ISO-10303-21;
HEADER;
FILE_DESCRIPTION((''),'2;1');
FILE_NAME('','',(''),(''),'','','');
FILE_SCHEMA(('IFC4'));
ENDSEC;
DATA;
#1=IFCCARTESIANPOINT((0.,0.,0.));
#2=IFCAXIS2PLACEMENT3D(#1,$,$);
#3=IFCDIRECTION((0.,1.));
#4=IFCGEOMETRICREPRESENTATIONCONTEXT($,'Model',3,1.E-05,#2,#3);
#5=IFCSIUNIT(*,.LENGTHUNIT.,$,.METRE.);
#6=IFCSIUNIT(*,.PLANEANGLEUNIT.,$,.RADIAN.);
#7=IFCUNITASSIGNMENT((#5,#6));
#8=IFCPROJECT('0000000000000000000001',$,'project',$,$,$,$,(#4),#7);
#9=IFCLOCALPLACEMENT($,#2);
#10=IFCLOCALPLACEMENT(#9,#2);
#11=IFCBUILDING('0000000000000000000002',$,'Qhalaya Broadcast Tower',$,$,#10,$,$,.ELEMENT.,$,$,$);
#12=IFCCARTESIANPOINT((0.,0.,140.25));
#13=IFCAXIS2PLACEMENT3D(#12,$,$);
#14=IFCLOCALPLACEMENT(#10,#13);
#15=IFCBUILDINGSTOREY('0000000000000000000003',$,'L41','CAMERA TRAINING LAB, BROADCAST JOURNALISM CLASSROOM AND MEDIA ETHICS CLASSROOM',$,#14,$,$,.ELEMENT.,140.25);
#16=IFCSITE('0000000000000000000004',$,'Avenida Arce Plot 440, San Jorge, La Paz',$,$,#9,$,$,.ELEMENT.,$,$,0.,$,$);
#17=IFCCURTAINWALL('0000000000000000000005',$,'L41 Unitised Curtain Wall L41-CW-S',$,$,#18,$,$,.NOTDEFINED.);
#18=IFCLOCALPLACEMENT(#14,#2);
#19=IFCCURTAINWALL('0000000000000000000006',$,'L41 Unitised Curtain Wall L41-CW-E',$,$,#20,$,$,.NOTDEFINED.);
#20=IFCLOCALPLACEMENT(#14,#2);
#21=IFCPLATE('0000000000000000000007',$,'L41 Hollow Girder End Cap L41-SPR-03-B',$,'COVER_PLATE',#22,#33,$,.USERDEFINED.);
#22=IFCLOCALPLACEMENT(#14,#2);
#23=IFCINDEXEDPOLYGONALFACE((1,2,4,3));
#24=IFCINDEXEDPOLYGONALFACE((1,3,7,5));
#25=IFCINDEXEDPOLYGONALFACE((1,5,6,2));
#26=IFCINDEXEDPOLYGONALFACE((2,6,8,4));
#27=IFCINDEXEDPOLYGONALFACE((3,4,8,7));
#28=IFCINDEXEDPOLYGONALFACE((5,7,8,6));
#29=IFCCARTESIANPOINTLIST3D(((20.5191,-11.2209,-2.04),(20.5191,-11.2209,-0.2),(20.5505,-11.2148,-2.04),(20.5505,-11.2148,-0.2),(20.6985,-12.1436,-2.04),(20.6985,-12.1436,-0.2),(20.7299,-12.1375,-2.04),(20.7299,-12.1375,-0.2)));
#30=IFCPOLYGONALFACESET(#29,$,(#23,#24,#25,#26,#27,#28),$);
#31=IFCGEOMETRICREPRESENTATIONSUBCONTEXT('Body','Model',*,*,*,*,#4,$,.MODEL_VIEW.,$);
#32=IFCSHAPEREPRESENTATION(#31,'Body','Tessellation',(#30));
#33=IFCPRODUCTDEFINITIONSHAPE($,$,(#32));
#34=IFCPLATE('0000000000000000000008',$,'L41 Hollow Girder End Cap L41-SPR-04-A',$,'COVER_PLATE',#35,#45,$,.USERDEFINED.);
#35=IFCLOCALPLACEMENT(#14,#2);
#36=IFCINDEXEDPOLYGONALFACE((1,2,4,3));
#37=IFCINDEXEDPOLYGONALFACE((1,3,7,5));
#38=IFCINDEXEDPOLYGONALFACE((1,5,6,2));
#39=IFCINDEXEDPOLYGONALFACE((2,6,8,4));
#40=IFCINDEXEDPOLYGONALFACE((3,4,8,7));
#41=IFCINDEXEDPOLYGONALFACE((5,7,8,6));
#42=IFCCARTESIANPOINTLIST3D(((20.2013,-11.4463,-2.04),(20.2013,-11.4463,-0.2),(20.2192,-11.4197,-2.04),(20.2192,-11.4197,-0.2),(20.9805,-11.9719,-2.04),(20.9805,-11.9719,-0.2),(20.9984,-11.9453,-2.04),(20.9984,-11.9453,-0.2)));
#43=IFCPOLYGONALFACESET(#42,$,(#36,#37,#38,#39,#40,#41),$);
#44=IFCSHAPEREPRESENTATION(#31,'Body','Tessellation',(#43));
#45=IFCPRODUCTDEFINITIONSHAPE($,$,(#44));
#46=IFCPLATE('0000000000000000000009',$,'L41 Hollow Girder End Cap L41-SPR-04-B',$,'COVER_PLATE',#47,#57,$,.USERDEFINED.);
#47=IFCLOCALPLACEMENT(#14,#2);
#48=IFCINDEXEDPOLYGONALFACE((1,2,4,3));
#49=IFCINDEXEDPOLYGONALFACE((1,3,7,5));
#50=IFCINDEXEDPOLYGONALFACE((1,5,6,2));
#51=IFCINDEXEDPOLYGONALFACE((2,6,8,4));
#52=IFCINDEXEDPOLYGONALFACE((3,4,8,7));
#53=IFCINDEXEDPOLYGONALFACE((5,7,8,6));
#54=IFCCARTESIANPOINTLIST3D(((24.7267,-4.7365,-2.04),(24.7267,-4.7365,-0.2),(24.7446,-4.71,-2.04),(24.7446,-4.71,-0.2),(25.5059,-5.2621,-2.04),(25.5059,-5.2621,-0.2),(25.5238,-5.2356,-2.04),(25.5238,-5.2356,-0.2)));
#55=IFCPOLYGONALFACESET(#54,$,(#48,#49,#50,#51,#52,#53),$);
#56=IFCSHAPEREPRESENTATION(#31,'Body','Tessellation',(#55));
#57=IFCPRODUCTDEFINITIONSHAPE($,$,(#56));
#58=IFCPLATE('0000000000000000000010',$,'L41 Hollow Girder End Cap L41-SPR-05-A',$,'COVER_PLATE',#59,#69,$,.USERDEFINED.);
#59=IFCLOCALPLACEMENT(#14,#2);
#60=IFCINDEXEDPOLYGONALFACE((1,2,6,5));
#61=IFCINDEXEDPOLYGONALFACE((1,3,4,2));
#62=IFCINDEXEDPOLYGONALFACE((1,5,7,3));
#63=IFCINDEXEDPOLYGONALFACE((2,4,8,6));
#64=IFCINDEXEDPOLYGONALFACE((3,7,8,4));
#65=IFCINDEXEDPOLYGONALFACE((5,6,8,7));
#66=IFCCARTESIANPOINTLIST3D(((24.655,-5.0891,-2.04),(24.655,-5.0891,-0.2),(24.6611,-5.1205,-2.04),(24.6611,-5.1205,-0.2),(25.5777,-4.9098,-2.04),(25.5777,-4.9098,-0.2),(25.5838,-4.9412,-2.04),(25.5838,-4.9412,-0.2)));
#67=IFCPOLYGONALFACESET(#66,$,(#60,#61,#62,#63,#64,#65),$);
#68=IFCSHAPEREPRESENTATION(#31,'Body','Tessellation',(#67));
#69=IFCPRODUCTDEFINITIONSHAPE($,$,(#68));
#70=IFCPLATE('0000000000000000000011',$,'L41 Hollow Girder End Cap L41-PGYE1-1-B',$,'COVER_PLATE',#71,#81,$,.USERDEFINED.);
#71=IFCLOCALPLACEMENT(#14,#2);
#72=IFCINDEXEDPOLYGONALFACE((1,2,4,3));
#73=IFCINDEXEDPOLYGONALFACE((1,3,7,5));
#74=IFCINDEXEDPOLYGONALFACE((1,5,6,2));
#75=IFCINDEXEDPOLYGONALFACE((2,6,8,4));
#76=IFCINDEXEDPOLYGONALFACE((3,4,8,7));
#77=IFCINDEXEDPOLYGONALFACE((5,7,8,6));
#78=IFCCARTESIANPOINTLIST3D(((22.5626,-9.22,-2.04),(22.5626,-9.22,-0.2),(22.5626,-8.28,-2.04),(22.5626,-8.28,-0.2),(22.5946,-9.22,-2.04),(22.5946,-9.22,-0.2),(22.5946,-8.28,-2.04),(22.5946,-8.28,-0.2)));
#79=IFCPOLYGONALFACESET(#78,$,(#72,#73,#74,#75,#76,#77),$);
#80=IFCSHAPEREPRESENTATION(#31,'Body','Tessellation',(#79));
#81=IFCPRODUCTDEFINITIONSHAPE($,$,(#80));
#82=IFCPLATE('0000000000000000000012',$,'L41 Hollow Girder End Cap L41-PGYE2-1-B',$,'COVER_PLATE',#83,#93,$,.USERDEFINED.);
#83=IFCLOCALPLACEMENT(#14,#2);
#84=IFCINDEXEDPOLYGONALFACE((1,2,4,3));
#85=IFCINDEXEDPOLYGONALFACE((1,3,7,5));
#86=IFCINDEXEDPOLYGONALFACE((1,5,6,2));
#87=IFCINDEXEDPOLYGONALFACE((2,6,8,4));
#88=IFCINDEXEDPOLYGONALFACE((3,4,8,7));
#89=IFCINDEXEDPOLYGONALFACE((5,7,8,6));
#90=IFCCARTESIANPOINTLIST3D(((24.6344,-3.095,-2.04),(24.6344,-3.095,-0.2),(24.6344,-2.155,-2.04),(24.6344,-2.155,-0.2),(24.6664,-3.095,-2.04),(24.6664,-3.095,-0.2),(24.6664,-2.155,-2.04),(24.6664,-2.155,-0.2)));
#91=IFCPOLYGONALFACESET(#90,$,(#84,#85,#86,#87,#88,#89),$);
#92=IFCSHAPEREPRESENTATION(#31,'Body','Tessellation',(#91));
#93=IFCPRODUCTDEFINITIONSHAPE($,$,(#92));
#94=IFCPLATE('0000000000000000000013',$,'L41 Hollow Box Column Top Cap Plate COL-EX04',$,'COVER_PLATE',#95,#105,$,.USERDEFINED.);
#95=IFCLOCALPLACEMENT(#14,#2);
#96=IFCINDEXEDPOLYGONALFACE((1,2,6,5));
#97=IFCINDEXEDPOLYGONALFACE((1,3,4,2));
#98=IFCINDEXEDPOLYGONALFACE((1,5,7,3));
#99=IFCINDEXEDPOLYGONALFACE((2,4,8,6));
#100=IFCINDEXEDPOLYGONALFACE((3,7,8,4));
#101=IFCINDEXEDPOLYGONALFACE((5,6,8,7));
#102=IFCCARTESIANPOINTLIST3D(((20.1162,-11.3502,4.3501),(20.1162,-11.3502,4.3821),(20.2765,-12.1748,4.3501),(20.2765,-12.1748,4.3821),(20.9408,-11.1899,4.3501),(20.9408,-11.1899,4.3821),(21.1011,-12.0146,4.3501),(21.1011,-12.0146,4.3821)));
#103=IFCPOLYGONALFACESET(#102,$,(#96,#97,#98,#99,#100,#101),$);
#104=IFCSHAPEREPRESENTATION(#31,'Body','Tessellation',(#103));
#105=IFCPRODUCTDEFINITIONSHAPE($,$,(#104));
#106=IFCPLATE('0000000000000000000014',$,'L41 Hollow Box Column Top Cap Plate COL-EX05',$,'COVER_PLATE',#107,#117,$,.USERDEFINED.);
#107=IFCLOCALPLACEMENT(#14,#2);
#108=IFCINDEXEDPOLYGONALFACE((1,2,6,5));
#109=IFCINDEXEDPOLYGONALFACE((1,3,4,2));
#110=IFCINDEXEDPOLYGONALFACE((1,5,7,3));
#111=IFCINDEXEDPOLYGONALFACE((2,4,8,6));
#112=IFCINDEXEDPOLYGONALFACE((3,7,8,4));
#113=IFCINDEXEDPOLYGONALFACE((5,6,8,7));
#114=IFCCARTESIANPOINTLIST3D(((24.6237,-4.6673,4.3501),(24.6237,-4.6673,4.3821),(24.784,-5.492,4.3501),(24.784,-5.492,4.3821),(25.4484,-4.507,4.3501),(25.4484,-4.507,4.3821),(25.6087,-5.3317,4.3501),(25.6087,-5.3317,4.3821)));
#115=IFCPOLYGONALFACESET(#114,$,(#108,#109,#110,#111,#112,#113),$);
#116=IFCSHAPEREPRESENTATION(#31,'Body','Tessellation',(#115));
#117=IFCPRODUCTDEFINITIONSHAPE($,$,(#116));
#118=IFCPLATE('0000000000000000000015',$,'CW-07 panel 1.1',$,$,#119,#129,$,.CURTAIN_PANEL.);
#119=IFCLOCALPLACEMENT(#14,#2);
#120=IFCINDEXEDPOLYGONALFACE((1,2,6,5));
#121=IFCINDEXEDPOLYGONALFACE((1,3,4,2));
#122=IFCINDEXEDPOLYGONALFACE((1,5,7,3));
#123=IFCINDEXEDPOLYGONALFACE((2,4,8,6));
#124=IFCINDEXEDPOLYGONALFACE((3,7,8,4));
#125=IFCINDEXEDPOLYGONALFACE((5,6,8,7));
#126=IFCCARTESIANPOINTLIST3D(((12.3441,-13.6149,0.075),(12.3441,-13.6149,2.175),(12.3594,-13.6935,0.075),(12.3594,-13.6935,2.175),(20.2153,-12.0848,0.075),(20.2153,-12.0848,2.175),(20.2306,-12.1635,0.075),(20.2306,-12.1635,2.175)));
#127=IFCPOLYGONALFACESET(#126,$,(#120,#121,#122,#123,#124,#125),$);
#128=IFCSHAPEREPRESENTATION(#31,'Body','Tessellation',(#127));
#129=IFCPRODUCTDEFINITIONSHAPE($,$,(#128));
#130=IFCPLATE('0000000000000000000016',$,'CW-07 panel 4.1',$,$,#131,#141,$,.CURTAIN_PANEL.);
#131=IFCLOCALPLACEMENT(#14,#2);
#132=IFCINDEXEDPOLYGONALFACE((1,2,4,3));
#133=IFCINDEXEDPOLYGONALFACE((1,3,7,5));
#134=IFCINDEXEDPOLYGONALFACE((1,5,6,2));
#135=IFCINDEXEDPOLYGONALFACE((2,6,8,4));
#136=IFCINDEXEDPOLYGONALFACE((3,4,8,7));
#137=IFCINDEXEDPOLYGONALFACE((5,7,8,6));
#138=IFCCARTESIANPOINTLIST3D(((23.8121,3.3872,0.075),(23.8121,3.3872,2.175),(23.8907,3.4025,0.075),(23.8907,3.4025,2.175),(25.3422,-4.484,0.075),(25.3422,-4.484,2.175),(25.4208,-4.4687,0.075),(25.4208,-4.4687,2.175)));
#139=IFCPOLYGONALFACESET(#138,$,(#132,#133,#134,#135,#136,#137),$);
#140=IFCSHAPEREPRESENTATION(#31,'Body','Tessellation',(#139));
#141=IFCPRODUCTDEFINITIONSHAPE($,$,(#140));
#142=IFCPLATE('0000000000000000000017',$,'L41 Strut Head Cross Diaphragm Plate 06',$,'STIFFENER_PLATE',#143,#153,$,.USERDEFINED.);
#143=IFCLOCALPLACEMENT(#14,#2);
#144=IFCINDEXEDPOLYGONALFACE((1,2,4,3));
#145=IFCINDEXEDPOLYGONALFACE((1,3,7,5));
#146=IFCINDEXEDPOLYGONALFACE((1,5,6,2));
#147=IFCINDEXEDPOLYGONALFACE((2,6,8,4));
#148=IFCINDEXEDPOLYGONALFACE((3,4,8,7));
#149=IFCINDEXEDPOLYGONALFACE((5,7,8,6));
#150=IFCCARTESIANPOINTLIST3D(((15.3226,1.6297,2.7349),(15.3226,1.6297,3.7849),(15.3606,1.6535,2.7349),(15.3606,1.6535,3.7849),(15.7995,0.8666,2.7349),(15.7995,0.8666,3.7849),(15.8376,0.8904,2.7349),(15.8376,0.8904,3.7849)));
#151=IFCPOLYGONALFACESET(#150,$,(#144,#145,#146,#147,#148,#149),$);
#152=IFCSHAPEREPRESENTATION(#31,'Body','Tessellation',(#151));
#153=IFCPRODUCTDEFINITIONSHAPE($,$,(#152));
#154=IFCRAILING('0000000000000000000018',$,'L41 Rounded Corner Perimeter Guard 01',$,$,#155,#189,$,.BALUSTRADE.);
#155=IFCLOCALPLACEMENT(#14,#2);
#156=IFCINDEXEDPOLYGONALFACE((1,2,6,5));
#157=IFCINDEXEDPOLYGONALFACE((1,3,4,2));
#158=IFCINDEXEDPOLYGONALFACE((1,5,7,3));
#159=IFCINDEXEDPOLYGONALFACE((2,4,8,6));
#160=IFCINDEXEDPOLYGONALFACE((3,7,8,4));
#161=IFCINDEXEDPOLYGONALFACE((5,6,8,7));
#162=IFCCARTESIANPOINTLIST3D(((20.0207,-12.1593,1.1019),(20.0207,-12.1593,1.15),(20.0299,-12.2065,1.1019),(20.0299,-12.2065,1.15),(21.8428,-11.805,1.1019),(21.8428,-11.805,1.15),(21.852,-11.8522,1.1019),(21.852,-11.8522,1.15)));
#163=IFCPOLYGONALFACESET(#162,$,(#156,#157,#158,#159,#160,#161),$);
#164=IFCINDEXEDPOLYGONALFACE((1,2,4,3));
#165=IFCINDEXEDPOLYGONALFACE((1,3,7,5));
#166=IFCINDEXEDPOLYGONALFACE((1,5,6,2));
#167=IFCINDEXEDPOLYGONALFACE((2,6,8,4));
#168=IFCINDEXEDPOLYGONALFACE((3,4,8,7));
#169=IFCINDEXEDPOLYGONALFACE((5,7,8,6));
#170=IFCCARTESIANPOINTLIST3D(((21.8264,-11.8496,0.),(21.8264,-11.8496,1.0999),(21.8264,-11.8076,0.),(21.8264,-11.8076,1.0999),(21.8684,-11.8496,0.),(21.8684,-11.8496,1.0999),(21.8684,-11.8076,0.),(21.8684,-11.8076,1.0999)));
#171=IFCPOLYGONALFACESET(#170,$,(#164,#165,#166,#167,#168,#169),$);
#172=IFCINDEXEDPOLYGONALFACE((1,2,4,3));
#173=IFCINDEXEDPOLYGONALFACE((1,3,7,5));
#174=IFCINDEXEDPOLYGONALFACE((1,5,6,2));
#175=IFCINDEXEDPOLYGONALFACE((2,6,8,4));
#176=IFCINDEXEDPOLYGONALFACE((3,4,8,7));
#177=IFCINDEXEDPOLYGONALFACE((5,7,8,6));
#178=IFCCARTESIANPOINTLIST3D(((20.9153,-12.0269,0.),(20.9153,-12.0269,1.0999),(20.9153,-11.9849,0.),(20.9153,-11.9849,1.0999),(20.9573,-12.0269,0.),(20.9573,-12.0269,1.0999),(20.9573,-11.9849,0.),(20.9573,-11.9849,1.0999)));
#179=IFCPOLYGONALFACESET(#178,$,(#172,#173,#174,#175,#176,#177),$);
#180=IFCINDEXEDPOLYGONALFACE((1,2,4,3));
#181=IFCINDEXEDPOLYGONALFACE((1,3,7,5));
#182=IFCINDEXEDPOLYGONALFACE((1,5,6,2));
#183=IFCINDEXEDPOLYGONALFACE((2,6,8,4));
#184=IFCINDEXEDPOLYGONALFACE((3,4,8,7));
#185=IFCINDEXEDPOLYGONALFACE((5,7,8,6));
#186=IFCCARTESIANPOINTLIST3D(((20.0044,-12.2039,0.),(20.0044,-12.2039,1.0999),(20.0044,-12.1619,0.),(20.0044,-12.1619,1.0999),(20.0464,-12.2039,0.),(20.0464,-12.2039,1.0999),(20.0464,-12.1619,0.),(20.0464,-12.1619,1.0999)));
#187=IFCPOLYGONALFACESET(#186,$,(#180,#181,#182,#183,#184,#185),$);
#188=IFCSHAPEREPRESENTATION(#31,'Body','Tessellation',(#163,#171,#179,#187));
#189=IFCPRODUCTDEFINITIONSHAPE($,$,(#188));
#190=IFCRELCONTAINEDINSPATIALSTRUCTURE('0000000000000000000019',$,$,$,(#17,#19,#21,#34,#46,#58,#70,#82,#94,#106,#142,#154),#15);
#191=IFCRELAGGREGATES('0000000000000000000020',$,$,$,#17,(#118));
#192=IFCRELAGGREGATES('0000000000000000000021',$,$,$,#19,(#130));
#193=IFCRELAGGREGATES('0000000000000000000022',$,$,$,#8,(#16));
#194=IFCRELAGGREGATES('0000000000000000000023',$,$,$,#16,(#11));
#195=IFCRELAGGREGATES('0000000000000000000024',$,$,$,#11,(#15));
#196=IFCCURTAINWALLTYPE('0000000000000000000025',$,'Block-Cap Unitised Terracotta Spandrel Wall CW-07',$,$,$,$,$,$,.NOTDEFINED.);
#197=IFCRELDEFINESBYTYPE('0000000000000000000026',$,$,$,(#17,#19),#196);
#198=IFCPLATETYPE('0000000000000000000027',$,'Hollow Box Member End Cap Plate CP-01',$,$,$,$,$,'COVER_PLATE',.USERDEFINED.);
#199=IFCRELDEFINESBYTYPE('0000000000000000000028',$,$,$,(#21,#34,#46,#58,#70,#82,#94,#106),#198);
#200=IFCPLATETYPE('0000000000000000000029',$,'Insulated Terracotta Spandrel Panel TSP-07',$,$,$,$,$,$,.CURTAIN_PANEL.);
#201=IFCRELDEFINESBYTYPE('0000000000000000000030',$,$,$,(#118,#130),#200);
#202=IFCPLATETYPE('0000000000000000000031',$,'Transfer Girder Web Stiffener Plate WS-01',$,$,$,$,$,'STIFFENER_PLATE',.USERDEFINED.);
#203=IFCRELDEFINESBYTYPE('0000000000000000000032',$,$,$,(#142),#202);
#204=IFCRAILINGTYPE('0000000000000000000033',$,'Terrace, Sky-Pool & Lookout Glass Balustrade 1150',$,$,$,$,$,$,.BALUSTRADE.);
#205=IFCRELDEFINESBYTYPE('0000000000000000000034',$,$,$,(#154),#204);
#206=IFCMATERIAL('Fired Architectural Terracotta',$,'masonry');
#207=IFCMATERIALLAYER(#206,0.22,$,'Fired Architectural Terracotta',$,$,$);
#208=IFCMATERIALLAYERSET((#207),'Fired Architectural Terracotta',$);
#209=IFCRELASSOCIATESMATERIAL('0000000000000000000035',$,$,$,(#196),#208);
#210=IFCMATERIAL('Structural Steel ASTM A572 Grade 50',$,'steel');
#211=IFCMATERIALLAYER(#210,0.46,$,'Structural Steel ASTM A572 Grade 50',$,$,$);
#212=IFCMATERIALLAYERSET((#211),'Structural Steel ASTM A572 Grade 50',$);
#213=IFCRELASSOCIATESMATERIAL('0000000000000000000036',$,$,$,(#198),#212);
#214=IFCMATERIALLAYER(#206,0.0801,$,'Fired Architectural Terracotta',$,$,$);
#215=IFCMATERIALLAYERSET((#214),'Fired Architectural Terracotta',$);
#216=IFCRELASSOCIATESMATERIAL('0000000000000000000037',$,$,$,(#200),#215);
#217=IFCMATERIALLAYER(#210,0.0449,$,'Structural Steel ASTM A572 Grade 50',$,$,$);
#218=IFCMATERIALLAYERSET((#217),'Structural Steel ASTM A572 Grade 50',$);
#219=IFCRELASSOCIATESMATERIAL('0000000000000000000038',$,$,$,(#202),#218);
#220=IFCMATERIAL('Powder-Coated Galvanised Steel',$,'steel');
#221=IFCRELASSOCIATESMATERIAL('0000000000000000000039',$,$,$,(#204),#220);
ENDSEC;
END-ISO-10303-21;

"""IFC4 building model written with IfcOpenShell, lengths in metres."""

from ifc_helpers import new_model, si_unit, direction, frame, origin, origin_2d, place, context, subcontext, project, spatial, rectangle, extrude, material, layer, layer_set, type_object, element, aggregate, save


model = new_model("IFC4")

# Units and contexts
model_context = context("Model", 3, precision=1e-05, world=origin(), true_north=direction((0.0, 1.0)))
body_context = subcontext(model_context, "Body", "Model", "MODEL_VIEW")
ifc_project = project(units=[si_unit("LENGTHUNIT", "METRE"), si_unit("PLANEANGLEUNIT", "RADIAN")], contexts=[model_context])

# Site, building, storey
site_placement = place(None, origin())
site = spatial("IfcSite", under=ifc_project, at=site_placement, Name="Avenida Arce Plot 440, San Jorge, La Paz", CompositionType="ELEMENT", RefElevation=0.0)
building_placement = place(site_placement, origin())
building = spatial("IfcBuilding", under=site, at=building_placement, Name="Qhalaya Broadcast Tower", CompositionType="ELEMENT")
storey_placement = place(building_placement, frame((0.0, 0.0, 140.25)))
storey = spatial("IfcBuildingStorey", under=building, at=storey_placement, Name="L41", Description="CAMERA TRAINING LAB, BROADCAST JOURNALISM CLASSROOM AND MEDIA ETHICS CLASSROOM", CompositionType="ELEMENT", Elevation=140.25)

# Shared definitions
ifc_material_1 = material(Name="Structural Steel ASTM A572 Grade 50", Category="steel")

# Curtain walls
ifc_material_2 = material(Name="Fired Architectural Terracotta", Category="masonry")
ifc_layer_1 = layer(ifc_material_2, 0.22, Name="Fired Architectural Terracotta")
ifc_layer_set_1 = layer_set([ifc_layer_1], Name="Fired Architectural Terracotta")
curtain_wall_type = type_object("IfcCurtainWallType", Name="Block-Cap Unitised Terracotta Spandrel Wall CW-07", PredefinedType="NOTDEFINED", material=ifc_layer_set_1)
curtain_wall_1_placement = place(storey_placement, origin())
curtain_wall_1 = element("IfcCurtainWall", 1, at=curtain_wall_1_placement, inside=storey, type_object=curtain_wall_type, Name="L41 Unitised Curtain Wall L41-CW-S", PredefinedType="NOTDEFINED")
curtain_wall_2_placement = place(storey_placement, origin())
curtain_wall_2 = element("IfcCurtainWall", 2, at=curtain_wall_2_placement, inside=storey, type_object=curtain_wall_type, Name="L41 Unitised Curtain Wall L41-CW-E", PredefinedType="NOTDEFINED")

# Plates
ifc_layer_2 = layer(ifc_material_1, 0.46, Name="Structural Steel ASTM A572 Grade 50")
ifc_layer_set_2 = layer_set([ifc_layer_2], Name="Structural Steel ASTM A572 Grade 50")
plate_type_1 = type_object("IfcPlateType", Name="Hollow Box Member End Cap Plate CP-01", ElementType="COVER_PLATE", PredefinedType="USERDEFINED", material=ifc_layer_set_2)
for number, where, z_axis, x_axis, name in (
    (3, (20.6245, -11.6792, -2.04), (0.0, 0.0, 1.0), (-0.190809, 0.981627, 0.0), "L41 Hollow Girder End Cap L41-SPR-03-B"),
    (4, (20.5999, -11.6958, -2.04), (0.0, 0.0, 1.0), (-0.829038, 0.559193, 0.0), "L41 Hollow Girder End Cap L41-SPR-04-A"),
    (5, (25.1252, -4.9861, -2.04), (0.0, 0.0, 1.0), (-0.829038, 0.559193, 0.0), "L41 Hollow Girder End Cap L41-SPR-04-B"),
    (6, (25.1194, -5.0151, -2.04), (0.0, 0.0, 1.0), (-0.981627, -0.190809, 0.0), "L41 Hollow Girder End Cap L41-SPR-05-A"),
    (7, (22.5786, -8.75, -2.04), (0.0, 0.0, 1.0), (0.0, 1.0, 0.0), "L41 Hollow Girder End Cap L41-PGYE1-1-B"),
    (8, (24.6504, -2.625, -2.04), (0.0, 0.0, 1.0), (0.0, 1.0, 0.0), "L41 Hollow Girder End Cap L41-PGYE2-1-B"),
):
    element("IfcPlate", number, at=place(storey_placement, frame(where, z_axis=z_axis, x_axis=x_axis)), inside=storey, type_object=plate_type_1, Name=name, ObjectType="COVER_PLATE", PredefinedType="USERDEFINED", context=body_context, shape_type="SweptSolid", body=[
        extrude(rectangle(XDim=0.9399, YDim=0.032, at=origin_2d()), origin(), (0.0, 0.0, 1.0), 1.8401),
    ])
for number, where, z_axis, x_axis, name in (
    (9, (20.6086, -11.6824, 4.3501), (0.0, 0.0, 1.0), (0.981627, 0.190809, 0.0), "L41 Hollow Box Column Top Cap Plate COL-EX04"),
    (10, (25.1162, -4.9995, 4.3501), (0.0, 0.0, 1.0), (-0.190809, 0.981627, 0.0), "L41 Hollow Box Column Top Cap Plate COL-EX05"),
):
    element("IfcPlate", number, at=place(storey_placement, frame(where, z_axis=z_axis, x_axis=x_axis)), inside=storey, type_object=plate_type_1, Name=name, ObjectType="COVER_PLATE", PredefinedType="USERDEFINED", context=body_context, shape_type="SweptSolid", body=[
        extrude(rectangle(XDim=0.8401, YDim=0.8401, at=origin_2d()), origin(), (0.0, 0.0, 1.0), 0.032),
    ])

# Plates
ifc_layer_3 = layer(ifc_material_2, 0.0801, Name="Fired Architectural Terracotta")
ifc_layer_set_3 = layer_set([ifc_layer_3], Name="Fired Architectural Terracotta")
plate_type_2 = type_object("IfcPlateType", Name="Insulated Terracotta Spandrel Panel TSP-07", PredefinedType="CURTAIN_PANEL", material=ifc_layer_set_3)
plate_1_placement = place(storey_placement, frame((16.2874, -12.8892, 0.075), z_axis=(0.0, 0.0, 1.0), x_axis=(-0.981627, -0.19081, 0.0)))
plate_1 = element("IfcPlate", 11, at=plate_1_placement, type_object=plate_type_2, Name="CW-07 panel 1.1", PredefinedType="CURTAIN_PANEL", context=body_context, shape_type="SweptSolid", body=[
    extrude(rectangle(XDim=8.0186, YDim=0.0801, at=origin_2d()), origin(), (0.0, 0.0, 1.0), 2.1001),
])
aggregate(curtain_wall_1, [plate_1])
plate_2_placement = place(storey_placement, frame((24.6165, -0.5408, 0.075), z_axis=(0.0, 0.0, 1.0), x_axis=(0.19081, -0.981627, 0.0)))
plate_2 = element("IfcPlate", 12, at=plate_2_placement, type_object=plate_type_2, Name="CW-07 panel 4.1", PredefinedType="CURTAIN_PANEL", context=body_context, shape_type="SweptSolid", body=[
    extrude(rectangle(XDim=8.0186, YDim=0.0801, at=origin_2d()), origin(), (0.0, 0.0, 1.0), 2.1001),
])
aggregate(curtain_wall_2, [plate_2])
ifc_layer_4 = layer(ifc_material_1, 0.0449, Name="Structural Steel ASTM A572 Grade 50")
ifc_layer_set_4 = layer_set([ifc_layer_4], Name="Structural Steel ASTM A572 Grade 50")
plate_type_3 = type_object("IfcPlateType", Name="Transfer Girder Web Stiffener Plate WS-01", ElementType="STIFFENER_PLATE", PredefinedType="USERDEFINED", material=ifc_layer_set_4)
plate_3_placement = place(storey_placement, frame((15.5801, 1.26, 2.7349), z_axis=(0.0, 0.0, 1.0), x_axis=(0.530008, -0.847993, 0.0)))
element("IfcPlate", 13, at=plate_3_placement, inside=storey, type_object=plate_type_3, Name="L41 Strut Head Cross Diaphragm Plate 06", ObjectType="STIFFENER_PLATE", PredefinedType="USERDEFINED", context=body_context, shape_type="SweptSolid", body=[
    extrude(rectangle(XDim=0.8999, YDim=0.0449, at=origin_2d()), origin(), (0.0, 0.0, 1.0), 1.05),
])

# Railing
ifc_material_3 = material(Name="Powder-Coated Galvanised Steel", Category="steel")
railing_type = type_object("IfcRailingType", Name="Terrace, Sky-Pool & Lookout Glass Balustrade 1150", PredefinedType="BALUSTRADE", material=ifc_material_3)
railing_1_placement = place(storey_placement, frame((21.8474, -11.8286, 0.0)))
element("IfcRailing", 14, at=railing_1_placement, inside=storey, type_object=railing_type, Name="L41 Rounded Corner Perimeter Guard 01", PredefinedType="BALUSTRADE", context=body_context, shape_type="SweptSolid", body=[
    extrude(rectangle(XDim=0.0481, YDim=0.0481, at=origin_2d()), frame((0.0, 0.0, 1.126), z_axis=(-0.981619, -0.190852, 0.0), x_axis=(0.190852, -0.981619, 0.0)), (0.0, 0.0, 1.0), 1.8562),
    extrude(rectangle(XDim=0.042, YDim=0.042, at=origin_2d()), origin(), (0.0, 0.0, 1.0), 1.0999),
    extrude(rectangle(XDim=0.042, YDim=0.042, at=origin_2d()), frame((-0.9111, -0.1772, 0.0)), (0.0, 0.0, 1.0), 1.0999),
    extrude(rectangle(XDim=0.042, YDim=0.042, at=origin_2d()), frame((-1.822, -0.3542, 0.0)), (0.0, 0.0, 1.0), 1.0999),
])

save(model, "model.ifc")
